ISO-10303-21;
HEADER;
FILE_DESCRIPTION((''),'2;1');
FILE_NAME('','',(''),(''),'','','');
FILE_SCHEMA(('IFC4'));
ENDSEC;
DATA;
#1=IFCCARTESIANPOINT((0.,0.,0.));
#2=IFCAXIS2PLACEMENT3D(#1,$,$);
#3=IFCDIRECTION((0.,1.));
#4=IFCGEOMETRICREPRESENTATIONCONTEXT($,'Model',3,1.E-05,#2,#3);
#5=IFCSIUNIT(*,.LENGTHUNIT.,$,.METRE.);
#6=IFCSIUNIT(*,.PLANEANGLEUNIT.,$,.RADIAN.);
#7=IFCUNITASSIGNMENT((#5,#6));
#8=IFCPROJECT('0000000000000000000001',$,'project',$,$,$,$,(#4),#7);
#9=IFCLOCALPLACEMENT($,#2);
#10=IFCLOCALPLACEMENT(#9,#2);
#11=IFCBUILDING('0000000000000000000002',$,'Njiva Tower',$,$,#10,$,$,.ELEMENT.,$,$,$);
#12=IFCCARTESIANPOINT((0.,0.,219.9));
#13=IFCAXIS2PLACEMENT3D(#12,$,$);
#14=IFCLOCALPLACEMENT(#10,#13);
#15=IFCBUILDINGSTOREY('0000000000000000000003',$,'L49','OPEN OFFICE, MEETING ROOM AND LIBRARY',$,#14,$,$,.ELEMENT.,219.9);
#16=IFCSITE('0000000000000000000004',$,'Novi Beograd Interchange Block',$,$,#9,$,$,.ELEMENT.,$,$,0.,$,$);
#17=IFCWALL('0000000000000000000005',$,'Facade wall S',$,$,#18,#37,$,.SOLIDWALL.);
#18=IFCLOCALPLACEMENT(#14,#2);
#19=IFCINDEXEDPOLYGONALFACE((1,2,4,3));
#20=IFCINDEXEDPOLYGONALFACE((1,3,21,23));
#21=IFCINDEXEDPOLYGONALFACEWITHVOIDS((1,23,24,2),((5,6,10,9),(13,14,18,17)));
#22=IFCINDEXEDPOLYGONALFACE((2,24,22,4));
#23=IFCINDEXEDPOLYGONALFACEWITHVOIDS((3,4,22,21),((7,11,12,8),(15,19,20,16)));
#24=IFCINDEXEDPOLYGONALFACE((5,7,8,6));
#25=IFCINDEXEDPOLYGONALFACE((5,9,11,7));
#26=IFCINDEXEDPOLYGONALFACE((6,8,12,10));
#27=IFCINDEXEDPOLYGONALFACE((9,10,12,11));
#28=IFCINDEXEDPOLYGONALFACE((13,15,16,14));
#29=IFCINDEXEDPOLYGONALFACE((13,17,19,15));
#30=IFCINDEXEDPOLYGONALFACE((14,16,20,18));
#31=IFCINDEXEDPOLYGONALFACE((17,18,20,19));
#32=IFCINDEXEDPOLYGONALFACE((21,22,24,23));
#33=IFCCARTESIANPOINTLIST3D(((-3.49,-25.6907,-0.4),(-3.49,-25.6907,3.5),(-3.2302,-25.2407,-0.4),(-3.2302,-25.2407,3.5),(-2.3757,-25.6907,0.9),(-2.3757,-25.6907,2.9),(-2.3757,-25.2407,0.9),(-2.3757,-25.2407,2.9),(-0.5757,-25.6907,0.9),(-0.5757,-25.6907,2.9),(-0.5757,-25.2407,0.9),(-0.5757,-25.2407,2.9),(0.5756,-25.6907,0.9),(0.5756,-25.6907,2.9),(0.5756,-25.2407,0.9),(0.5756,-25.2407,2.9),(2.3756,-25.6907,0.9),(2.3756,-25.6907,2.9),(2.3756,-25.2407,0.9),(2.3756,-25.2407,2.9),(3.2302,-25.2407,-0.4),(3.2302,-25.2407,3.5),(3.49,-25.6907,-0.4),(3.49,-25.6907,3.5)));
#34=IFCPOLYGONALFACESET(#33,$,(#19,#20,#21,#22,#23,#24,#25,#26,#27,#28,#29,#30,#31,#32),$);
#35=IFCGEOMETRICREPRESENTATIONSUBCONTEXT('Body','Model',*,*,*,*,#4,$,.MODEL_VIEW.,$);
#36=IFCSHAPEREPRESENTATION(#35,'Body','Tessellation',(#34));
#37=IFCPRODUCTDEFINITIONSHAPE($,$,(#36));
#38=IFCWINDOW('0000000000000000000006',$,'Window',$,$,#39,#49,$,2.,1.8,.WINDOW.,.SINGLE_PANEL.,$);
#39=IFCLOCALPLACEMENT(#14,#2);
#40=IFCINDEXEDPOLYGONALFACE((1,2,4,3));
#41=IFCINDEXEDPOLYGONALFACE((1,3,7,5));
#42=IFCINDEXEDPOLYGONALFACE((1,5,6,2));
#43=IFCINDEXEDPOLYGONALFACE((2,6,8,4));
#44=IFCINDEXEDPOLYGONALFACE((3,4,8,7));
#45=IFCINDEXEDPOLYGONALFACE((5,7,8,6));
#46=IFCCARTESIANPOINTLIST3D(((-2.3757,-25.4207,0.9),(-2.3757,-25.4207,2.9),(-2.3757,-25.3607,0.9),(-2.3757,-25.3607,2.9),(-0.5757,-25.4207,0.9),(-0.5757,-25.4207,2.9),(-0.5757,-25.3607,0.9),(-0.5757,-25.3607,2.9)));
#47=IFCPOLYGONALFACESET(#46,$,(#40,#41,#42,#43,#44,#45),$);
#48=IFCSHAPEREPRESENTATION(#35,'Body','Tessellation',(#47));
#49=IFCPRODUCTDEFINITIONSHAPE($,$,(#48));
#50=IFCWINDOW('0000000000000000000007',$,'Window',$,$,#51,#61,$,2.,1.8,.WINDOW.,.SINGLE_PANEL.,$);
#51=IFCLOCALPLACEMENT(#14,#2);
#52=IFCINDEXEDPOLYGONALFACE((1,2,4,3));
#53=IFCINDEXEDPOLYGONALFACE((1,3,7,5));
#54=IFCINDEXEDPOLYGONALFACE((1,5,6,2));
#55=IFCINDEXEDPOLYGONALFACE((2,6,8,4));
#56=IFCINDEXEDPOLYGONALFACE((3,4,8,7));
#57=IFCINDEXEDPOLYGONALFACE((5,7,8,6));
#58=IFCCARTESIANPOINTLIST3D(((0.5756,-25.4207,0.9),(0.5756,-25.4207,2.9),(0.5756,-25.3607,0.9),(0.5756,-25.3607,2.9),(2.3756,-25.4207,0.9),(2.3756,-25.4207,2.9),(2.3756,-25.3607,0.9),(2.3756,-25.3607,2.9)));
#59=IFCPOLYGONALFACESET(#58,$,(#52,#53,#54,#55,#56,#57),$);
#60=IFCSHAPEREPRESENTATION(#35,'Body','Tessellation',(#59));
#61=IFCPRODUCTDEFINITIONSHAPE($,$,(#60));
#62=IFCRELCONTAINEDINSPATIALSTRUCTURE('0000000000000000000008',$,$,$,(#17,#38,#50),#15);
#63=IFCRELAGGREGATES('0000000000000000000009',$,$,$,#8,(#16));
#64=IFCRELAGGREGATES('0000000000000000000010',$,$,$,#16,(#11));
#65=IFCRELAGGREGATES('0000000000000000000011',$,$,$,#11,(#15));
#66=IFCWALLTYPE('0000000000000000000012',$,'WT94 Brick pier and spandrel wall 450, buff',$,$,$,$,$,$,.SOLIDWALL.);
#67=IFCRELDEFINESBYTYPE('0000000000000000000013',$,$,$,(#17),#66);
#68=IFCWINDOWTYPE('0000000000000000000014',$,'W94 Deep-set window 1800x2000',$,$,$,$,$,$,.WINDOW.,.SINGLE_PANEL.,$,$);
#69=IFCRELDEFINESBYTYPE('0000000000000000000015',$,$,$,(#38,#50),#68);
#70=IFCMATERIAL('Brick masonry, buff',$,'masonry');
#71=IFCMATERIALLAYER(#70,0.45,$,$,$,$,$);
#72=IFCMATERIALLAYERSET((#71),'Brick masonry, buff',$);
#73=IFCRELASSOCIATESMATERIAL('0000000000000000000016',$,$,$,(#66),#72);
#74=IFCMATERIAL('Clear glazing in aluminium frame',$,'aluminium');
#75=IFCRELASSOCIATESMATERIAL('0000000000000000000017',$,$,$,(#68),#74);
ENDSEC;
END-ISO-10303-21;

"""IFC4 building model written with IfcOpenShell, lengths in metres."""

from ifc_helpers import new_model, si_unit, direction, frame, frame_2d, origin, place, context, subcontext, project, spatial, polyline, rectangle, outline, extrude, material, layer, layer_set, type_object, element, fill, save


model = new_model("IFC4")

# Units and contexts
model_context = context("Model", 3, precision=1e-05, world=origin(), true_north=direction((0.0, 1.0)))
body_context = subcontext(model_context, "Body", "Model", "MODEL_VIEW")
ifc_project = project(units=[si_unit("LENGTHUNIT", "METRE"), si_unit("PLANEANGLEUNIT", "RADIAN")], contexts=[model_context])

# Site, building, storey
site_placement = place(None, origin())
site = spatial("IfcSite", under=ifc_project, at=site_placement, Name="Novi Beograd Interchange Block", CompositionType="ELEMENT", RefElevation=0.0)
building_placement = place(site_placement, origin())
building = spatial("IfcBuilding", under=site, at=building_placement, Name="Njiva Tower", CompositionType="ELEMENT")
storey_placement = place(building_placement, frame((0.0, 0.0, 219.9)))
storey = spatial("IfcBuildingStorey", under=building, at=storey_placement, Name="L49", Description="OPEN OFFICE, MEETING ROOM AND LIBRARY", CompositionType="ELEMENT", Elevation=219.9)

# Wall, openings, windows
ifc_material_1 = material(Name="Brick masonry, buff", Category="masonry")
ifc_layer_1 = layer(ifc_material_1, 0.45)
ifc_layer_set_1 = layer_set([ifc_layer_1], Name="Brick masonry, buff")
wall_type_1 = type_object("IfcWallType", Name="WT94 Brick pier and spandrel wall 450, buff", PredefinedType="SOLIDWALL", material=ifc_layer_set_1)
wall_1_placement = place(storey_placement, frame((-3.3601, -25.4657, -0.4), z_axis=(0.0, 0.0, 1.0), x_axis=(1.0, 0.0, 0.0)))
wall_1 = element("IfcWall", 1, at=wall_1_placement, inside=storey, type_object=wall_type_1, Name="Facade wall S", PredefinedType="SOLIDWALL", context=body_context, shape_type="SweptSolid", body=[
    extrude(outline(polyline([(-0.1299, -0.225), (6.8501, -0.225), (6.5903, 0.225), (0.1299, 0.225), (-0.1299, -0.225)])), origin(), (0.0, 0.0, 1.0), 3.9),
])
opening_1_placement = place(wall_1_placement, frame((0.9844, 0.0, 1.3)))
opening_1 = element("IfcOpeningElement", 2, at=opening_1_placement, cuts=wall_1, PredefinedType="OPENING", context=body_context, shape_type="SweptSolid", body=[
    extrude(rectangle(XDim=1.8, YDim=2.0, at=frame_2d((0.9, 1.0))), frame((0.0, 0.235, 0.0), z_axis=(0.0, -1.0, 0.0), x_axis=(1.0, 0.0, 0.0)), (0.0, 0.0, 1.0), 0.47),
])
opening_2_placement = place(wall_1_placement, frame((3.9357, 0.0, 1.3)))
opening_2 = element("IfcOpeningElement", 3, at=opening_2_placement, cuts=wall_1, PredefinedType="OPENING", context=body_context, shape_type="SweptSolid", body=[
    extrude(rectangle(XDim=1.8, YDim=2.0, at=frame_2d((0.9, 1.0))), frame((0.0, 0.235, 0.0), z_axis=(0.0, -1.0, 0.0), x_axis=(1.0, 0.0, 0.0)), (0.0, 0.0, 1.0), 0.47),
])
ifc_material_2 = material(Name="Clear glazing in aluminium frame", Category="aluminium")
window_type = type_object("IfcWindowType", Name="W94 Deep-set window 1800x2000", PartitioningType="SINGLE_PANEL", PredefinedType="WINDOW", material=ifc_material_2)
window_1_placement = place(opening_1_placement, origin())
window_1 = element("IfcWindow", 4, at=window_1_placement, inside=storey, type_object=window_type, Name="Window", OverallHeight=2.0, OverallWidth=1.8, PartitioningType="SINGLE_PANEL", PredefinedType="WINDOW", context=body_context, shape_type="SweptSolid", body=[
    extrude(rectangle(XDim=1.8, YDim=2.0, at=frame_2d((0.9, 1.0))), frame((0.0, 0.105, 0.0), z_axis=(0.0, -1.0, 0.0), x_axis=(1.0, 0.0, 0.0)), (0.0, 0.0, 1.0), 0.06),
])
fill(opening_1, window_1)
window_2_placement = place(opening_2_placement, origin())
window_2 = element("IfcWindow", 5, at=window_2_placement, inside=storey, type_object=window_type, Name="Window", OverallHeight=2.0, OverallWidth=1.8, PartitioningType="SINGLE_PANEL", PredefinedType="WINDOW", context=body_context, shape_type="SweptSolid", body=[
    extrude(rectangle(XDim=1.8, YDim=2.0, at=frame_2d((0.9, 1.0))), frame((0.0, 0.105, 0.0), z_axis=(0.0, -1.0, 0.0), x_axis=(1.0, 0.0, 0.0)), (0.0, 0.0, 1.0), 0.06),
])
fill(opening_2, window_2)

save(model, "model.ifc")
